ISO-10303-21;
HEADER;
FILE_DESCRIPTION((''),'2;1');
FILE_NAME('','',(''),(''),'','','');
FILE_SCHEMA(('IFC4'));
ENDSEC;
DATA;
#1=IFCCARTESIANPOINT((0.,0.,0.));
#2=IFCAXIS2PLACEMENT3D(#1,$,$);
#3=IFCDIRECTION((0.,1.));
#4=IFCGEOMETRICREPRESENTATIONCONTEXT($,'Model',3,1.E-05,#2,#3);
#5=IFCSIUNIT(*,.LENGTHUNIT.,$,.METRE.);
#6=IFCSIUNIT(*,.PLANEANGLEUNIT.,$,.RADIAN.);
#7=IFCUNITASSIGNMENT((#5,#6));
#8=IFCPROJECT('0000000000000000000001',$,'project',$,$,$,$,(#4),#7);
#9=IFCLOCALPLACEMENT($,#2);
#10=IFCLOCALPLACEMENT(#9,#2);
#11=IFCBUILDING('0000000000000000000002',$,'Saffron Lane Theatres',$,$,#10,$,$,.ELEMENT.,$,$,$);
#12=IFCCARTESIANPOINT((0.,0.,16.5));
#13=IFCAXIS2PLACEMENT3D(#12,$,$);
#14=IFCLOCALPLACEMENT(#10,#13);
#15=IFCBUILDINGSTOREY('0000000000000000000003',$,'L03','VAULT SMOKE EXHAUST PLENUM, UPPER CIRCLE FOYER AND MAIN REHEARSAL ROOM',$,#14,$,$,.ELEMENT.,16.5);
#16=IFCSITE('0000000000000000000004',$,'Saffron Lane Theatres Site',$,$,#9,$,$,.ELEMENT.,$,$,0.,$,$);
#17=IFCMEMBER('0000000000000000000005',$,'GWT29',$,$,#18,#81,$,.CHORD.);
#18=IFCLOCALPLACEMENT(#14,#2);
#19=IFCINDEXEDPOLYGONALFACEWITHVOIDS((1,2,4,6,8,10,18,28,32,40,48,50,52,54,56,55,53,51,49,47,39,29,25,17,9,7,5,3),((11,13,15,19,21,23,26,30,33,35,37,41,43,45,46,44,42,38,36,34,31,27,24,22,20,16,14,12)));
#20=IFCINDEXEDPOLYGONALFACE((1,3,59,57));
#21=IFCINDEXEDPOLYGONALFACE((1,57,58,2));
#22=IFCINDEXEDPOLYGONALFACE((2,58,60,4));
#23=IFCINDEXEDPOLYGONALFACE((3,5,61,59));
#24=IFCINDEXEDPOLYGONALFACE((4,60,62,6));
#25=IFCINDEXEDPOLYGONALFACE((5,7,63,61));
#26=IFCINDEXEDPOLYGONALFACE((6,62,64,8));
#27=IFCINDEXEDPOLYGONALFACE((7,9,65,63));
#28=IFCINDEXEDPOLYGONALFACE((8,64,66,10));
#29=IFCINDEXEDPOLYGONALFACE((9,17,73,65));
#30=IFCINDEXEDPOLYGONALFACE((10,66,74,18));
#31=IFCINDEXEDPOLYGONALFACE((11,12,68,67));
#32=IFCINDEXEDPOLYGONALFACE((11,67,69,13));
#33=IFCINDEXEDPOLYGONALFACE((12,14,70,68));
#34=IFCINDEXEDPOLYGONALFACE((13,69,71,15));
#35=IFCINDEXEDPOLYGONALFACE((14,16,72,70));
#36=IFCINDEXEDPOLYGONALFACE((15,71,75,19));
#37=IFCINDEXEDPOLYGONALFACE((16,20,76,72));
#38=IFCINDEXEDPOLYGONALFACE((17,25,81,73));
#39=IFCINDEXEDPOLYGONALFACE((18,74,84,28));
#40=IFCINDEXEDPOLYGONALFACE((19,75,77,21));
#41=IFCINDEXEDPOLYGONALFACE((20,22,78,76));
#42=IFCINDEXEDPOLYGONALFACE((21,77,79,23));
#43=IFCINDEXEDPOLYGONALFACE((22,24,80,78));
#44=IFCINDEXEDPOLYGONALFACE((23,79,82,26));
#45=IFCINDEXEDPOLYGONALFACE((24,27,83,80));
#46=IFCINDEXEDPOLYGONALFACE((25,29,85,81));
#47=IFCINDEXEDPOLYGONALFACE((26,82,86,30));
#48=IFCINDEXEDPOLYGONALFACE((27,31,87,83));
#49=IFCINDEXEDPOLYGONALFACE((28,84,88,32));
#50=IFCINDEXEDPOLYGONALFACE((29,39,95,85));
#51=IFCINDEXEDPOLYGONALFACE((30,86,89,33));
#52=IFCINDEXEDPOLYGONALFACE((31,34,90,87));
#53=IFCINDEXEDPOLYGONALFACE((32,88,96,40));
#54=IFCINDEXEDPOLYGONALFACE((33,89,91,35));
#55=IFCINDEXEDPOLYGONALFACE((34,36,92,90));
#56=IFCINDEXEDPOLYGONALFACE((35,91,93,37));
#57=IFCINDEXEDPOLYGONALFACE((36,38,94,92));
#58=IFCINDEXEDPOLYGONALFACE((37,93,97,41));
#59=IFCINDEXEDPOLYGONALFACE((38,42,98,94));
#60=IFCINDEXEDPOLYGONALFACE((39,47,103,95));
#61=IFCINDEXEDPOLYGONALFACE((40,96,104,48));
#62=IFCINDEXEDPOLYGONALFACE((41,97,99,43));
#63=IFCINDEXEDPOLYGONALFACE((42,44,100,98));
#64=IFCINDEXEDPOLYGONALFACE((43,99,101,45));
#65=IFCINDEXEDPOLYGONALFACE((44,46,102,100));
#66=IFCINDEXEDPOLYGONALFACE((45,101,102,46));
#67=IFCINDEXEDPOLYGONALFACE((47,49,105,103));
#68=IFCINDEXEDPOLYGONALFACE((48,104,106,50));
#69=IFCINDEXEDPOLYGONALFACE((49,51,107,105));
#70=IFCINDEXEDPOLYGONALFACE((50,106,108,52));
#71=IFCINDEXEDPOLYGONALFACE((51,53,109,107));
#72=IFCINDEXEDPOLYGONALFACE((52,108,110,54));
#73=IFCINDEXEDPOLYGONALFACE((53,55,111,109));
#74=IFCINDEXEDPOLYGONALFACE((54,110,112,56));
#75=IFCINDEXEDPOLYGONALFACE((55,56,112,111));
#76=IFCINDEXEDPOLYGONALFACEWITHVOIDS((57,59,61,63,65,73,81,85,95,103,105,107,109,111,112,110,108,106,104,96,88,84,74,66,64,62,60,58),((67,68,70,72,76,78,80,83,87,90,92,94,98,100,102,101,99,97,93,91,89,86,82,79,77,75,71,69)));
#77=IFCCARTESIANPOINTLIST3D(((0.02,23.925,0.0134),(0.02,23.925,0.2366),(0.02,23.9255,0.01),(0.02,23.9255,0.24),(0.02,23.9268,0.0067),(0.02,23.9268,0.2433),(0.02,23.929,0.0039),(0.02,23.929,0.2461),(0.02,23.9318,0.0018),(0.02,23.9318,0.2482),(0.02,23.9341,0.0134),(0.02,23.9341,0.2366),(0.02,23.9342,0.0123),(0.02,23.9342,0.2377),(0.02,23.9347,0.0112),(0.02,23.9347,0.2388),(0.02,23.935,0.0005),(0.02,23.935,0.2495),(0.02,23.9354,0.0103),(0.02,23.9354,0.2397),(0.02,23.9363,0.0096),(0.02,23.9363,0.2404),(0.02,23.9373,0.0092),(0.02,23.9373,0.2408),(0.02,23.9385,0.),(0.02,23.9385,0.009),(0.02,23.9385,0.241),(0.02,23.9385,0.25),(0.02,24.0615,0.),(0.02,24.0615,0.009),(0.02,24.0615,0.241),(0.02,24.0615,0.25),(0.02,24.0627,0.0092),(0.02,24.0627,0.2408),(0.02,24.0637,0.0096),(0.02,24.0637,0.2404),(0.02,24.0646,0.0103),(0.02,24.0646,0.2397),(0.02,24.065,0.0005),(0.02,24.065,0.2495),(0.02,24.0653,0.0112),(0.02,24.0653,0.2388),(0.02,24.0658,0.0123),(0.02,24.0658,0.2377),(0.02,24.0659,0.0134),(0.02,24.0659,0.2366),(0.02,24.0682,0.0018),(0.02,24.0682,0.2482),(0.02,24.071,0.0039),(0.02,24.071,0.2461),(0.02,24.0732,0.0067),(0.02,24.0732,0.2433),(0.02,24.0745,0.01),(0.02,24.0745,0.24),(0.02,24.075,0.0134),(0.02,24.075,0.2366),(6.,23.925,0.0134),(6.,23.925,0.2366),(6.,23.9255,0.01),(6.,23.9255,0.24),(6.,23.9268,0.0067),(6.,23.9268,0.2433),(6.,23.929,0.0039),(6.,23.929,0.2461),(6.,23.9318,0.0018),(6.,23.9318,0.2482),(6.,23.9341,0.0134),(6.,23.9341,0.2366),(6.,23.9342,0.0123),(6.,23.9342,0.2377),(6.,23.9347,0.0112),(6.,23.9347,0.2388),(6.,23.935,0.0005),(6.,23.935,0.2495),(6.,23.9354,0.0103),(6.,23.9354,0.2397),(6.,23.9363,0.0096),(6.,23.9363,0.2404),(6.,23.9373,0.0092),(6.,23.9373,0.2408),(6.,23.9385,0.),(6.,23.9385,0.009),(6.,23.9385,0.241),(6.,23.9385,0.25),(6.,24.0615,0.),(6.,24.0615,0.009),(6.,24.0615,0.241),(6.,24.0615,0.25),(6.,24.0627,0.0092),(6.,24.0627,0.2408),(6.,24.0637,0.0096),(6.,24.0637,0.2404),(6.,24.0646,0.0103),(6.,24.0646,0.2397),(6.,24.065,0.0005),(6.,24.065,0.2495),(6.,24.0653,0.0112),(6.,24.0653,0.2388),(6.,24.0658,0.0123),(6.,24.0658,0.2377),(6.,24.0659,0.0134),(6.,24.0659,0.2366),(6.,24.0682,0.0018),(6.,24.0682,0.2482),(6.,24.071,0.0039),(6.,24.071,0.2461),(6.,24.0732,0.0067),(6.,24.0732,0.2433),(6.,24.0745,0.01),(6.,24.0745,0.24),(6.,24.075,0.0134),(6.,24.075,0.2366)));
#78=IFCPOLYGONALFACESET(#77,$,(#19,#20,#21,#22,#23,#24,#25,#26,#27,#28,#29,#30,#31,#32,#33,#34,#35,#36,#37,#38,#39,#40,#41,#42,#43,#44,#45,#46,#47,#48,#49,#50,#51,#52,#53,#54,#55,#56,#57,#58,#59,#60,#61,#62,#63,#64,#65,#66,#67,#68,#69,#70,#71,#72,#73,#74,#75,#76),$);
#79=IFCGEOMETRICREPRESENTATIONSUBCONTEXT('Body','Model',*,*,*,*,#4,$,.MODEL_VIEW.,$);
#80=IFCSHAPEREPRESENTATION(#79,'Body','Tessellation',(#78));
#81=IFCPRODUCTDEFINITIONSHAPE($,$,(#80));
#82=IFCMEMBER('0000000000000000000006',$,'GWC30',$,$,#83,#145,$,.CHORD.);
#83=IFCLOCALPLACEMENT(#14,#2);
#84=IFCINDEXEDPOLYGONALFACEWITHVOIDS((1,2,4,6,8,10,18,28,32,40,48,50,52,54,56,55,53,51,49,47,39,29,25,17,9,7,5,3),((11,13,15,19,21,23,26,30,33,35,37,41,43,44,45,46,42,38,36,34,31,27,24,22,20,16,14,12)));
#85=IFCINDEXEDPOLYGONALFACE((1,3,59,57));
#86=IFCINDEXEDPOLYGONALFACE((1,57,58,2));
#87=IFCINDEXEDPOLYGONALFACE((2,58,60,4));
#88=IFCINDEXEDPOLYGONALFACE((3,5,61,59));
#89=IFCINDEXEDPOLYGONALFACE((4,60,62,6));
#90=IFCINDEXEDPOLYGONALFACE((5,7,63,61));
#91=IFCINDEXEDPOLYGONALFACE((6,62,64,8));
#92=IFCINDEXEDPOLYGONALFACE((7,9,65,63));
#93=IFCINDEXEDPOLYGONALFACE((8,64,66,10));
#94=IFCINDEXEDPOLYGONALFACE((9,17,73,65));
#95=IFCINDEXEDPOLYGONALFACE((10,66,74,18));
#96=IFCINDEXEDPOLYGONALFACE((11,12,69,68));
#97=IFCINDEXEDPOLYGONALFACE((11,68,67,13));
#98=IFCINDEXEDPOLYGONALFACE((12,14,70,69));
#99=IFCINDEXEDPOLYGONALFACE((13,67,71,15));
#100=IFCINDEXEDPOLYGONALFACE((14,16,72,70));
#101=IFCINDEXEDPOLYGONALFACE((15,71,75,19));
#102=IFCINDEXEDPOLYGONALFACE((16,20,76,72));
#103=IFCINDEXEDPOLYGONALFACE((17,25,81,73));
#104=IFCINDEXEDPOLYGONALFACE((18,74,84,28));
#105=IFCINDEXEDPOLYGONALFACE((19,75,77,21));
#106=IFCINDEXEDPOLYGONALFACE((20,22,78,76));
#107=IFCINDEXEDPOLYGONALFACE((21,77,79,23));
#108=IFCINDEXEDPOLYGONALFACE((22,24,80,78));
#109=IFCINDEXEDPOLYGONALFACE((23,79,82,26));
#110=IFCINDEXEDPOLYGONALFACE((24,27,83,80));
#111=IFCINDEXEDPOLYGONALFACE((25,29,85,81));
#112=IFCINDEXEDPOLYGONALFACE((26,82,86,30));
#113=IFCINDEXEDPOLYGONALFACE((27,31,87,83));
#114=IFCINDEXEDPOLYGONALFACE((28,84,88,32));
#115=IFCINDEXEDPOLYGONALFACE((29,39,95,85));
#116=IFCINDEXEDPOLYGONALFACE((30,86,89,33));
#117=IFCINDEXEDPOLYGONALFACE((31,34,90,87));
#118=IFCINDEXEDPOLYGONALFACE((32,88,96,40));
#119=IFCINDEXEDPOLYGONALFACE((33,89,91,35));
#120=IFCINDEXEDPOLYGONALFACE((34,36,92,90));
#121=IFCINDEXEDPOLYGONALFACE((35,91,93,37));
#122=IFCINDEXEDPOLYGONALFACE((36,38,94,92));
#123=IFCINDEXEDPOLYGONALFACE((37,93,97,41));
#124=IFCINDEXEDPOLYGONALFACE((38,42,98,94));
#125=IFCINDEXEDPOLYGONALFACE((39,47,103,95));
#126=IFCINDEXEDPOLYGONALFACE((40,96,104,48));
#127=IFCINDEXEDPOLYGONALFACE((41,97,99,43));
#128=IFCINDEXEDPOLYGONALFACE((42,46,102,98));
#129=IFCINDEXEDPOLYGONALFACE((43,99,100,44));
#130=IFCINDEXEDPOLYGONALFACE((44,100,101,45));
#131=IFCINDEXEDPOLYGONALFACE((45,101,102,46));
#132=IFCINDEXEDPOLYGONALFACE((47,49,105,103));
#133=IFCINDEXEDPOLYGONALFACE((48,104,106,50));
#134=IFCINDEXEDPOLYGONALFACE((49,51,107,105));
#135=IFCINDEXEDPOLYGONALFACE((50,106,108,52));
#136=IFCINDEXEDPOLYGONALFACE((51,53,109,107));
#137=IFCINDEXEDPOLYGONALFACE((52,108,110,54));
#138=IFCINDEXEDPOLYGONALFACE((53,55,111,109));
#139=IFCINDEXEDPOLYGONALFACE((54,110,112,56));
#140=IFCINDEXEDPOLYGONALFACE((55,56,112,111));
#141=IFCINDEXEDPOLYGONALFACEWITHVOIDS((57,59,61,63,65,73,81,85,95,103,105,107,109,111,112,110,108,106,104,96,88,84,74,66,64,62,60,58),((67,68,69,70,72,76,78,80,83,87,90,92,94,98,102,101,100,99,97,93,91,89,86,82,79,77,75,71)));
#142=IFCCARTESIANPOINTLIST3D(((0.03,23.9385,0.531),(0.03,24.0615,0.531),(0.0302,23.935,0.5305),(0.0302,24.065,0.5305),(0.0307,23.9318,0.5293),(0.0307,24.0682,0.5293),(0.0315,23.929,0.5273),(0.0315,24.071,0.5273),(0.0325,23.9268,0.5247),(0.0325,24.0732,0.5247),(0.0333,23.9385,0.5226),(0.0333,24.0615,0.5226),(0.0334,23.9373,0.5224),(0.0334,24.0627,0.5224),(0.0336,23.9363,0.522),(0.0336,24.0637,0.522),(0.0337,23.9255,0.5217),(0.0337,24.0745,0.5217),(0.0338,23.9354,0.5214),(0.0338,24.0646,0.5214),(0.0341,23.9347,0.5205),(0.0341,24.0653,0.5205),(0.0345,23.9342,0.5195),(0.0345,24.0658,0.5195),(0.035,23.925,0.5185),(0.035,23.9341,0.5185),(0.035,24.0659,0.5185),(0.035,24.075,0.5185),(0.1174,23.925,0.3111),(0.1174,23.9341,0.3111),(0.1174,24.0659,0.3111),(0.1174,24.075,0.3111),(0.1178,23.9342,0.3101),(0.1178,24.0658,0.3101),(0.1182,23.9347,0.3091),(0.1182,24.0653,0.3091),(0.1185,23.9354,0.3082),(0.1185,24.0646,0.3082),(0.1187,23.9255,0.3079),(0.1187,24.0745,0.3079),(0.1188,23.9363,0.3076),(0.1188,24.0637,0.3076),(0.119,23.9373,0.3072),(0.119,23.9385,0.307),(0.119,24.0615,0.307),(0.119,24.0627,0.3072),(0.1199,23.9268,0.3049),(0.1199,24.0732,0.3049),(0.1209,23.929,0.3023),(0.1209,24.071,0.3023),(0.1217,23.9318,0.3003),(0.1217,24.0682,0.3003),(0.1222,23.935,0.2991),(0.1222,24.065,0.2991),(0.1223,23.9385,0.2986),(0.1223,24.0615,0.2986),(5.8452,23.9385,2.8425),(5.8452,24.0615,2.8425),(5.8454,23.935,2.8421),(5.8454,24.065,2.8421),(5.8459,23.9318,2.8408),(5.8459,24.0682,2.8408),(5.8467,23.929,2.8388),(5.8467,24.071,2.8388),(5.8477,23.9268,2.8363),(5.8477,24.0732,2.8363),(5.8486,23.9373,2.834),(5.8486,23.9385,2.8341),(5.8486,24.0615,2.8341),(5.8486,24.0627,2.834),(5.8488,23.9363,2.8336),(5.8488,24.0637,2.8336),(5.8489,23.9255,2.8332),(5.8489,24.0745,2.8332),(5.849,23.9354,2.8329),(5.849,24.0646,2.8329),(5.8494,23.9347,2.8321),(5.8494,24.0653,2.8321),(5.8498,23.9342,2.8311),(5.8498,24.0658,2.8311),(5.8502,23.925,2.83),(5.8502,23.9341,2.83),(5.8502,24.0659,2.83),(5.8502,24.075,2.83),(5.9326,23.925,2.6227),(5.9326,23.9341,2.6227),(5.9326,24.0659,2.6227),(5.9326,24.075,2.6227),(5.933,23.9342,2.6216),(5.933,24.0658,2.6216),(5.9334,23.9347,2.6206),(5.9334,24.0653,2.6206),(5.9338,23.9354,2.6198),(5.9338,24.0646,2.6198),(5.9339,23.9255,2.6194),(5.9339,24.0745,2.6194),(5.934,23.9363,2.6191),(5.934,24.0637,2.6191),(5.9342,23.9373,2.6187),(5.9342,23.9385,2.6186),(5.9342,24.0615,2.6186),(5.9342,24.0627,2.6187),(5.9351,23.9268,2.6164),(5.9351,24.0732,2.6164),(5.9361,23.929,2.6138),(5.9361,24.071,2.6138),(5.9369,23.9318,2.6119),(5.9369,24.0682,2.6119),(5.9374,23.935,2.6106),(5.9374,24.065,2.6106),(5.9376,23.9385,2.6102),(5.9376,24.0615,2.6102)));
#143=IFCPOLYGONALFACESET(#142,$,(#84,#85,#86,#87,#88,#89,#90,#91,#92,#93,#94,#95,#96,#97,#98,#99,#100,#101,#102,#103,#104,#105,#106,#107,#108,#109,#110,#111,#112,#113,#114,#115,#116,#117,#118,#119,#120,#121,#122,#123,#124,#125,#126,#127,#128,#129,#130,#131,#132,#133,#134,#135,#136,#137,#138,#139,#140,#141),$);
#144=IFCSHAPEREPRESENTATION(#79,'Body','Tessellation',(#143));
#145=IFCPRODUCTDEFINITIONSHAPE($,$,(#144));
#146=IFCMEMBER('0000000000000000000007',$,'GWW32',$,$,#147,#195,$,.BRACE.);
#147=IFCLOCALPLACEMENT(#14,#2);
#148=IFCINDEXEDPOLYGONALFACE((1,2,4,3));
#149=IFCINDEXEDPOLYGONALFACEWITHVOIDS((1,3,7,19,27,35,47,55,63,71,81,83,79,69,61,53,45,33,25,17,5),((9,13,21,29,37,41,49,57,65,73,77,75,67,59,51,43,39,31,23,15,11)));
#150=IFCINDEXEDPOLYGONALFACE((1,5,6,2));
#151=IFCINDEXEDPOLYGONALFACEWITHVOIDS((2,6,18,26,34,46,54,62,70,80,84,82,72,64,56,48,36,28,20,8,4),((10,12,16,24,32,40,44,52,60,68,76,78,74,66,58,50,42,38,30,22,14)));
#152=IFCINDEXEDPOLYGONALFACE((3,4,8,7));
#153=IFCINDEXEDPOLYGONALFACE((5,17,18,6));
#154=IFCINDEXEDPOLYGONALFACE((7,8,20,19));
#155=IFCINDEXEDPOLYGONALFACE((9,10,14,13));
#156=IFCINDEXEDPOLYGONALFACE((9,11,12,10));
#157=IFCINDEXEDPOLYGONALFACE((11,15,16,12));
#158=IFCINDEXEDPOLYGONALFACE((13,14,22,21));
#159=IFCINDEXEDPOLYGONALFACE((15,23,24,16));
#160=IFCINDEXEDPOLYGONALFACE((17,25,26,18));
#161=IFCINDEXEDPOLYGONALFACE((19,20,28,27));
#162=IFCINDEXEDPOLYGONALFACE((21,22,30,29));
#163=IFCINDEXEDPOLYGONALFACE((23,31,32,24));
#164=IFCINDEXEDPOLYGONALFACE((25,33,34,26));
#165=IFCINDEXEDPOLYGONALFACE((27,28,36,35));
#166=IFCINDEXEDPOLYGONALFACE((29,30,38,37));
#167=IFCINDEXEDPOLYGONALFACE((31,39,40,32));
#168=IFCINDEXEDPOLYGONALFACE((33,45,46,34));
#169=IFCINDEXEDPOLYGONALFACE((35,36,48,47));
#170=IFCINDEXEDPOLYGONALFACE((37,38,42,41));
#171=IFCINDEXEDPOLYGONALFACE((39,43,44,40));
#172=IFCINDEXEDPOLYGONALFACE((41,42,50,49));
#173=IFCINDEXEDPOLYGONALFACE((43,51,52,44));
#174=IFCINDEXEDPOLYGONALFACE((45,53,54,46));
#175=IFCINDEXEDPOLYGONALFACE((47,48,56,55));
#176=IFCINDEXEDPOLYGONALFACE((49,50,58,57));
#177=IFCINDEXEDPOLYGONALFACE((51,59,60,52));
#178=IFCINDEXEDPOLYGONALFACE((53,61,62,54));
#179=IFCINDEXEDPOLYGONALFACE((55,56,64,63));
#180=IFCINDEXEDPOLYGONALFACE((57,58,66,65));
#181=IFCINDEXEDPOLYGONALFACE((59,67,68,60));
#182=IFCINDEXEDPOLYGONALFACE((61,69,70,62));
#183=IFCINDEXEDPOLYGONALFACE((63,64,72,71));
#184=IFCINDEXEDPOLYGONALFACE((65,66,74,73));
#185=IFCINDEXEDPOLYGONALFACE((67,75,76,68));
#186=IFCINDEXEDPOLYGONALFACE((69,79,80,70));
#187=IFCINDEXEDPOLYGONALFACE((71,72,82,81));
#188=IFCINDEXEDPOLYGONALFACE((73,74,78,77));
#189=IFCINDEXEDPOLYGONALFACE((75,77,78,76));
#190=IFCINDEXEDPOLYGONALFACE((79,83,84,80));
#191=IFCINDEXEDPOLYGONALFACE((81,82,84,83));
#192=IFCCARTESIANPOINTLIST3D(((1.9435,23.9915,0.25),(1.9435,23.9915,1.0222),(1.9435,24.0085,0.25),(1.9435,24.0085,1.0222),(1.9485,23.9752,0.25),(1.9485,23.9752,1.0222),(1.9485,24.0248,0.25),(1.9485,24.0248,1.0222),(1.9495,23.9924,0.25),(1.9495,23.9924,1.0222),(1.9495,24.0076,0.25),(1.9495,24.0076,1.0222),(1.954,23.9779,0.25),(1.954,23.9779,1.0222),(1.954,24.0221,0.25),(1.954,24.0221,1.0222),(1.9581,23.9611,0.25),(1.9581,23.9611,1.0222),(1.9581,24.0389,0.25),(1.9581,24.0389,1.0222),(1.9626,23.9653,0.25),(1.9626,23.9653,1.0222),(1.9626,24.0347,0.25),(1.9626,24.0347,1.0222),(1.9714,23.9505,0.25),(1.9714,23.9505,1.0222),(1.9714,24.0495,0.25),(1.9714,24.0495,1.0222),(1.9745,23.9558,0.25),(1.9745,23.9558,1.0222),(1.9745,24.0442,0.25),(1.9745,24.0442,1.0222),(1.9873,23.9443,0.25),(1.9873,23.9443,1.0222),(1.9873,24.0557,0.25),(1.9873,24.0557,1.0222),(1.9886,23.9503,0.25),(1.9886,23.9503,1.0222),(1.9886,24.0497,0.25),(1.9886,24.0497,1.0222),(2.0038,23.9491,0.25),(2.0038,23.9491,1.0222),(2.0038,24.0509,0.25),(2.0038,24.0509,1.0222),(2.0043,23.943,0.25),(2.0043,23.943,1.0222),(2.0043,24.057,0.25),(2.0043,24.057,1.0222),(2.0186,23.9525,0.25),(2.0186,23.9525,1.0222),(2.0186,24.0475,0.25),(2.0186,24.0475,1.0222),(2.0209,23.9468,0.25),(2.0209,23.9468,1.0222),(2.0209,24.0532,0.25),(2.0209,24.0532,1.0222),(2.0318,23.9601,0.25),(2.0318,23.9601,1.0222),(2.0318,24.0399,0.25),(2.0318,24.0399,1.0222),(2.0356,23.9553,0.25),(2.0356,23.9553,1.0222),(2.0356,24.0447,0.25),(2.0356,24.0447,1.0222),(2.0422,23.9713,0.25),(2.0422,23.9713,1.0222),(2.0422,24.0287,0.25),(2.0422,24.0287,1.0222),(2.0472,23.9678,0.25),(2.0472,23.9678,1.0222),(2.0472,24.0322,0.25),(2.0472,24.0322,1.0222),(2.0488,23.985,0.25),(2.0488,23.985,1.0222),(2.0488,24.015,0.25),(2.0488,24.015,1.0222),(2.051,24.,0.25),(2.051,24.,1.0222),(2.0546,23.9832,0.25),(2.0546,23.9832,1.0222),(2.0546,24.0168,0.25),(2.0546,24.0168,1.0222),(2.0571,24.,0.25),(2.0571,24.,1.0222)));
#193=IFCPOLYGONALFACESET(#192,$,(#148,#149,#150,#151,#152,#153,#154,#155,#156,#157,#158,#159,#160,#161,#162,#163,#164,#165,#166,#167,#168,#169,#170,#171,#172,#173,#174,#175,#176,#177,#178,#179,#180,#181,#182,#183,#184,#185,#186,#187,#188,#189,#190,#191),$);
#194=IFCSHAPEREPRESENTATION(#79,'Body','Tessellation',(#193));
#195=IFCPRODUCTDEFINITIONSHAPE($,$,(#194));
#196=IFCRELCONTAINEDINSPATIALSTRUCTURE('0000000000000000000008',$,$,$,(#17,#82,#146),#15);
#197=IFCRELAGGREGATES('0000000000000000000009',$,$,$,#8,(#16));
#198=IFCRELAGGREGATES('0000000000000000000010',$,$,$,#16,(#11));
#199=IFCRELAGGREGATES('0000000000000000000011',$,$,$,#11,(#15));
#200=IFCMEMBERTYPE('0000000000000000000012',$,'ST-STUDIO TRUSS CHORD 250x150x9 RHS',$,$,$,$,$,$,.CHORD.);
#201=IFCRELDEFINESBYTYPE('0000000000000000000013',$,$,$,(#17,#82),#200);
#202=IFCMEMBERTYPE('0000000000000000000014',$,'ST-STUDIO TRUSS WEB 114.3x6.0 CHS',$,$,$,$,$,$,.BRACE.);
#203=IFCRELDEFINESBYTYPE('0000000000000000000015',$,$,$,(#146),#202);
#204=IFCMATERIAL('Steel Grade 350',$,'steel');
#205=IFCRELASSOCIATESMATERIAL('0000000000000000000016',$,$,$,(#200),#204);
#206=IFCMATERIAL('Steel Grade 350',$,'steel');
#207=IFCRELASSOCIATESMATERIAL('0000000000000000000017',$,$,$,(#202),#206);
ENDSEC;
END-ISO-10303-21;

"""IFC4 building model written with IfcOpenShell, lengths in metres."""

from ifc_helpers import new_model, si_unit, direction, frame, origin, origin_2d, place, context, subcontext, project, spatial, hollow_rectangle, hollow_circle, extrude, material, material_profile, profile_set, type_object, element, save


model = new_model("IFC4")

# Units and contexts
model_context = context("Model", 3, precision=1e-05, world=origin(), true_north=direction((0.0, 1.0)))
body_context = subcontext(model_context, "Body", "Model", "MODEL_VIEW")
ifc_project = project(units=[si_unit("LENGTHUNIT", "METRE"), si_unit("PLANEANGLEUNIT", "RADIAN")], contexts=[model_context])

# Site, building, storey
site_placement = place(None, origin())
site = spatial("IfcSite", under=ifc_project, at=site_placement, Name="Saffron Lane Theatres Site", CompositionType="ELEMENT", RefElevation=0.0)
building_placement = place(site_placement, origin())
building = spatial("IfcBuilding", under=site, at=building_placement, Name="Saffron Lane Theatres", CompositionType="ELEMENT")
storey_placement = place(building_placement, frame((0.0, 0.0, 16.5)))
storey = spatial("IfcBuildingStorey", under=building, at=storey_placement, Name="L03", Description="VAULT SMOKE EXHAUST PLENUM, UPPER CIRCLE FOYER AND MAIN REHEARSAL ROOM", CompositionType="ELEMENT", Elevation=16.5)

# Members
ifc_material_1 = material(Name="Steel Grade 350", Category="steel")
ifc_material_profile_1 = material_profile(ifc_material_1, hollow_rectangle(XDim=0.1499, YDim=0.25, WallThickness=0.009, InnerFilletRadius=0.0044, OuterFilletRadius=0.0134, at=origin_2d()))
ifc_profile_set_1 = profile_set([ifc_material_profile_1], Name="Steel Grade 350")
member_type_1 = type_object("IfcMemberType", Name="ST-STUDIO TRUSS CHORD 250x150x9 RHS", PredefinedType="CHORD", material=ifc_profile_set_1)
member_1_placement = place(storey_placement, frame((0.02, 24.0, 0.125), z_axis=(1.0, 0.0, 0.0), x_axis=(0.0, 1.0, 0.0)))
element("IfcMember", 1, at=member_1_placement, inside=storey, type_object=member_type_1, Name="GWT29", PredefinedType="CHORD", context=body_context, shape_type="SweptSolid", body=[
    extrude(hollow_rectangle(XDim=0.1499, YDim=0.25, WallThickness=0.009, InnerFilletRadius=0.0044, OuterFilletRadius=0.0134, at=origin_2d()), origin(), (0.0, 0.0, 1.0), 5.98),
])
member_2_placement = place(storey_placement, frame((0.0762, 24.0, 0.4148), z_axis=(0.929276, 0.0, 0.369385), x_axis=(0.0, 1.0, 0.0)))
element("IfcMember", 2, at=member_2_placement, inside=storey, type_object=member_type_1, Name="GWC30", PredefinedType="CHORD", context=body_context, shape_type="SweptSolid", body=[
    extrude(hollow_rectangle(XDim=0.1499, YDim=0.25, WallThickness=0.009, InnerFilletRadius=0.0044, OuterFilletRadius=0.0134, at=origin_2d()), origin(), (0.0, 0.0, 1.0), 6.2578),
])
ifc_material_2 = material(Name="Steel Grade 350", Category="steel")
ifc_material_profile_2 = material_profile(ifc_material_2, hollow_circle(Radius=0.0571, WallThickness=0.0061, at=origin_2d()))
ifc_profile_set_2 = profile_set([ifc_material_profile_2], Name="Steel Grade 350")
member_type_2 = type_object("IfcMemberType", Name="ST-STUDIO TRUSS WEB 114.3x6.0 CHS", PredefinedType="BRACE", material=ifc_profile_set_2)
member_3_placement = place(storey_placement, frame((2.0, 24.0, 0.25), z_axis=(0.0, 0.0, 1.0), x_axis=(1.0, 0.0, 0.0)))
element("IfcMember", 3, at=member_3_placement, inside=storey, type_object=member_type_2, Name="GWW32", PredefinedType="BRACE", context=body_context, shape_type="SweptSolid", body=[
    extrude(hollow_circle(Radius=0.0571, WallThickness=0.0061, at=origin_2d()), origin(), (0.0, 0.0, 1.0), 0.7722),
])

save(model, "model.ifc")
